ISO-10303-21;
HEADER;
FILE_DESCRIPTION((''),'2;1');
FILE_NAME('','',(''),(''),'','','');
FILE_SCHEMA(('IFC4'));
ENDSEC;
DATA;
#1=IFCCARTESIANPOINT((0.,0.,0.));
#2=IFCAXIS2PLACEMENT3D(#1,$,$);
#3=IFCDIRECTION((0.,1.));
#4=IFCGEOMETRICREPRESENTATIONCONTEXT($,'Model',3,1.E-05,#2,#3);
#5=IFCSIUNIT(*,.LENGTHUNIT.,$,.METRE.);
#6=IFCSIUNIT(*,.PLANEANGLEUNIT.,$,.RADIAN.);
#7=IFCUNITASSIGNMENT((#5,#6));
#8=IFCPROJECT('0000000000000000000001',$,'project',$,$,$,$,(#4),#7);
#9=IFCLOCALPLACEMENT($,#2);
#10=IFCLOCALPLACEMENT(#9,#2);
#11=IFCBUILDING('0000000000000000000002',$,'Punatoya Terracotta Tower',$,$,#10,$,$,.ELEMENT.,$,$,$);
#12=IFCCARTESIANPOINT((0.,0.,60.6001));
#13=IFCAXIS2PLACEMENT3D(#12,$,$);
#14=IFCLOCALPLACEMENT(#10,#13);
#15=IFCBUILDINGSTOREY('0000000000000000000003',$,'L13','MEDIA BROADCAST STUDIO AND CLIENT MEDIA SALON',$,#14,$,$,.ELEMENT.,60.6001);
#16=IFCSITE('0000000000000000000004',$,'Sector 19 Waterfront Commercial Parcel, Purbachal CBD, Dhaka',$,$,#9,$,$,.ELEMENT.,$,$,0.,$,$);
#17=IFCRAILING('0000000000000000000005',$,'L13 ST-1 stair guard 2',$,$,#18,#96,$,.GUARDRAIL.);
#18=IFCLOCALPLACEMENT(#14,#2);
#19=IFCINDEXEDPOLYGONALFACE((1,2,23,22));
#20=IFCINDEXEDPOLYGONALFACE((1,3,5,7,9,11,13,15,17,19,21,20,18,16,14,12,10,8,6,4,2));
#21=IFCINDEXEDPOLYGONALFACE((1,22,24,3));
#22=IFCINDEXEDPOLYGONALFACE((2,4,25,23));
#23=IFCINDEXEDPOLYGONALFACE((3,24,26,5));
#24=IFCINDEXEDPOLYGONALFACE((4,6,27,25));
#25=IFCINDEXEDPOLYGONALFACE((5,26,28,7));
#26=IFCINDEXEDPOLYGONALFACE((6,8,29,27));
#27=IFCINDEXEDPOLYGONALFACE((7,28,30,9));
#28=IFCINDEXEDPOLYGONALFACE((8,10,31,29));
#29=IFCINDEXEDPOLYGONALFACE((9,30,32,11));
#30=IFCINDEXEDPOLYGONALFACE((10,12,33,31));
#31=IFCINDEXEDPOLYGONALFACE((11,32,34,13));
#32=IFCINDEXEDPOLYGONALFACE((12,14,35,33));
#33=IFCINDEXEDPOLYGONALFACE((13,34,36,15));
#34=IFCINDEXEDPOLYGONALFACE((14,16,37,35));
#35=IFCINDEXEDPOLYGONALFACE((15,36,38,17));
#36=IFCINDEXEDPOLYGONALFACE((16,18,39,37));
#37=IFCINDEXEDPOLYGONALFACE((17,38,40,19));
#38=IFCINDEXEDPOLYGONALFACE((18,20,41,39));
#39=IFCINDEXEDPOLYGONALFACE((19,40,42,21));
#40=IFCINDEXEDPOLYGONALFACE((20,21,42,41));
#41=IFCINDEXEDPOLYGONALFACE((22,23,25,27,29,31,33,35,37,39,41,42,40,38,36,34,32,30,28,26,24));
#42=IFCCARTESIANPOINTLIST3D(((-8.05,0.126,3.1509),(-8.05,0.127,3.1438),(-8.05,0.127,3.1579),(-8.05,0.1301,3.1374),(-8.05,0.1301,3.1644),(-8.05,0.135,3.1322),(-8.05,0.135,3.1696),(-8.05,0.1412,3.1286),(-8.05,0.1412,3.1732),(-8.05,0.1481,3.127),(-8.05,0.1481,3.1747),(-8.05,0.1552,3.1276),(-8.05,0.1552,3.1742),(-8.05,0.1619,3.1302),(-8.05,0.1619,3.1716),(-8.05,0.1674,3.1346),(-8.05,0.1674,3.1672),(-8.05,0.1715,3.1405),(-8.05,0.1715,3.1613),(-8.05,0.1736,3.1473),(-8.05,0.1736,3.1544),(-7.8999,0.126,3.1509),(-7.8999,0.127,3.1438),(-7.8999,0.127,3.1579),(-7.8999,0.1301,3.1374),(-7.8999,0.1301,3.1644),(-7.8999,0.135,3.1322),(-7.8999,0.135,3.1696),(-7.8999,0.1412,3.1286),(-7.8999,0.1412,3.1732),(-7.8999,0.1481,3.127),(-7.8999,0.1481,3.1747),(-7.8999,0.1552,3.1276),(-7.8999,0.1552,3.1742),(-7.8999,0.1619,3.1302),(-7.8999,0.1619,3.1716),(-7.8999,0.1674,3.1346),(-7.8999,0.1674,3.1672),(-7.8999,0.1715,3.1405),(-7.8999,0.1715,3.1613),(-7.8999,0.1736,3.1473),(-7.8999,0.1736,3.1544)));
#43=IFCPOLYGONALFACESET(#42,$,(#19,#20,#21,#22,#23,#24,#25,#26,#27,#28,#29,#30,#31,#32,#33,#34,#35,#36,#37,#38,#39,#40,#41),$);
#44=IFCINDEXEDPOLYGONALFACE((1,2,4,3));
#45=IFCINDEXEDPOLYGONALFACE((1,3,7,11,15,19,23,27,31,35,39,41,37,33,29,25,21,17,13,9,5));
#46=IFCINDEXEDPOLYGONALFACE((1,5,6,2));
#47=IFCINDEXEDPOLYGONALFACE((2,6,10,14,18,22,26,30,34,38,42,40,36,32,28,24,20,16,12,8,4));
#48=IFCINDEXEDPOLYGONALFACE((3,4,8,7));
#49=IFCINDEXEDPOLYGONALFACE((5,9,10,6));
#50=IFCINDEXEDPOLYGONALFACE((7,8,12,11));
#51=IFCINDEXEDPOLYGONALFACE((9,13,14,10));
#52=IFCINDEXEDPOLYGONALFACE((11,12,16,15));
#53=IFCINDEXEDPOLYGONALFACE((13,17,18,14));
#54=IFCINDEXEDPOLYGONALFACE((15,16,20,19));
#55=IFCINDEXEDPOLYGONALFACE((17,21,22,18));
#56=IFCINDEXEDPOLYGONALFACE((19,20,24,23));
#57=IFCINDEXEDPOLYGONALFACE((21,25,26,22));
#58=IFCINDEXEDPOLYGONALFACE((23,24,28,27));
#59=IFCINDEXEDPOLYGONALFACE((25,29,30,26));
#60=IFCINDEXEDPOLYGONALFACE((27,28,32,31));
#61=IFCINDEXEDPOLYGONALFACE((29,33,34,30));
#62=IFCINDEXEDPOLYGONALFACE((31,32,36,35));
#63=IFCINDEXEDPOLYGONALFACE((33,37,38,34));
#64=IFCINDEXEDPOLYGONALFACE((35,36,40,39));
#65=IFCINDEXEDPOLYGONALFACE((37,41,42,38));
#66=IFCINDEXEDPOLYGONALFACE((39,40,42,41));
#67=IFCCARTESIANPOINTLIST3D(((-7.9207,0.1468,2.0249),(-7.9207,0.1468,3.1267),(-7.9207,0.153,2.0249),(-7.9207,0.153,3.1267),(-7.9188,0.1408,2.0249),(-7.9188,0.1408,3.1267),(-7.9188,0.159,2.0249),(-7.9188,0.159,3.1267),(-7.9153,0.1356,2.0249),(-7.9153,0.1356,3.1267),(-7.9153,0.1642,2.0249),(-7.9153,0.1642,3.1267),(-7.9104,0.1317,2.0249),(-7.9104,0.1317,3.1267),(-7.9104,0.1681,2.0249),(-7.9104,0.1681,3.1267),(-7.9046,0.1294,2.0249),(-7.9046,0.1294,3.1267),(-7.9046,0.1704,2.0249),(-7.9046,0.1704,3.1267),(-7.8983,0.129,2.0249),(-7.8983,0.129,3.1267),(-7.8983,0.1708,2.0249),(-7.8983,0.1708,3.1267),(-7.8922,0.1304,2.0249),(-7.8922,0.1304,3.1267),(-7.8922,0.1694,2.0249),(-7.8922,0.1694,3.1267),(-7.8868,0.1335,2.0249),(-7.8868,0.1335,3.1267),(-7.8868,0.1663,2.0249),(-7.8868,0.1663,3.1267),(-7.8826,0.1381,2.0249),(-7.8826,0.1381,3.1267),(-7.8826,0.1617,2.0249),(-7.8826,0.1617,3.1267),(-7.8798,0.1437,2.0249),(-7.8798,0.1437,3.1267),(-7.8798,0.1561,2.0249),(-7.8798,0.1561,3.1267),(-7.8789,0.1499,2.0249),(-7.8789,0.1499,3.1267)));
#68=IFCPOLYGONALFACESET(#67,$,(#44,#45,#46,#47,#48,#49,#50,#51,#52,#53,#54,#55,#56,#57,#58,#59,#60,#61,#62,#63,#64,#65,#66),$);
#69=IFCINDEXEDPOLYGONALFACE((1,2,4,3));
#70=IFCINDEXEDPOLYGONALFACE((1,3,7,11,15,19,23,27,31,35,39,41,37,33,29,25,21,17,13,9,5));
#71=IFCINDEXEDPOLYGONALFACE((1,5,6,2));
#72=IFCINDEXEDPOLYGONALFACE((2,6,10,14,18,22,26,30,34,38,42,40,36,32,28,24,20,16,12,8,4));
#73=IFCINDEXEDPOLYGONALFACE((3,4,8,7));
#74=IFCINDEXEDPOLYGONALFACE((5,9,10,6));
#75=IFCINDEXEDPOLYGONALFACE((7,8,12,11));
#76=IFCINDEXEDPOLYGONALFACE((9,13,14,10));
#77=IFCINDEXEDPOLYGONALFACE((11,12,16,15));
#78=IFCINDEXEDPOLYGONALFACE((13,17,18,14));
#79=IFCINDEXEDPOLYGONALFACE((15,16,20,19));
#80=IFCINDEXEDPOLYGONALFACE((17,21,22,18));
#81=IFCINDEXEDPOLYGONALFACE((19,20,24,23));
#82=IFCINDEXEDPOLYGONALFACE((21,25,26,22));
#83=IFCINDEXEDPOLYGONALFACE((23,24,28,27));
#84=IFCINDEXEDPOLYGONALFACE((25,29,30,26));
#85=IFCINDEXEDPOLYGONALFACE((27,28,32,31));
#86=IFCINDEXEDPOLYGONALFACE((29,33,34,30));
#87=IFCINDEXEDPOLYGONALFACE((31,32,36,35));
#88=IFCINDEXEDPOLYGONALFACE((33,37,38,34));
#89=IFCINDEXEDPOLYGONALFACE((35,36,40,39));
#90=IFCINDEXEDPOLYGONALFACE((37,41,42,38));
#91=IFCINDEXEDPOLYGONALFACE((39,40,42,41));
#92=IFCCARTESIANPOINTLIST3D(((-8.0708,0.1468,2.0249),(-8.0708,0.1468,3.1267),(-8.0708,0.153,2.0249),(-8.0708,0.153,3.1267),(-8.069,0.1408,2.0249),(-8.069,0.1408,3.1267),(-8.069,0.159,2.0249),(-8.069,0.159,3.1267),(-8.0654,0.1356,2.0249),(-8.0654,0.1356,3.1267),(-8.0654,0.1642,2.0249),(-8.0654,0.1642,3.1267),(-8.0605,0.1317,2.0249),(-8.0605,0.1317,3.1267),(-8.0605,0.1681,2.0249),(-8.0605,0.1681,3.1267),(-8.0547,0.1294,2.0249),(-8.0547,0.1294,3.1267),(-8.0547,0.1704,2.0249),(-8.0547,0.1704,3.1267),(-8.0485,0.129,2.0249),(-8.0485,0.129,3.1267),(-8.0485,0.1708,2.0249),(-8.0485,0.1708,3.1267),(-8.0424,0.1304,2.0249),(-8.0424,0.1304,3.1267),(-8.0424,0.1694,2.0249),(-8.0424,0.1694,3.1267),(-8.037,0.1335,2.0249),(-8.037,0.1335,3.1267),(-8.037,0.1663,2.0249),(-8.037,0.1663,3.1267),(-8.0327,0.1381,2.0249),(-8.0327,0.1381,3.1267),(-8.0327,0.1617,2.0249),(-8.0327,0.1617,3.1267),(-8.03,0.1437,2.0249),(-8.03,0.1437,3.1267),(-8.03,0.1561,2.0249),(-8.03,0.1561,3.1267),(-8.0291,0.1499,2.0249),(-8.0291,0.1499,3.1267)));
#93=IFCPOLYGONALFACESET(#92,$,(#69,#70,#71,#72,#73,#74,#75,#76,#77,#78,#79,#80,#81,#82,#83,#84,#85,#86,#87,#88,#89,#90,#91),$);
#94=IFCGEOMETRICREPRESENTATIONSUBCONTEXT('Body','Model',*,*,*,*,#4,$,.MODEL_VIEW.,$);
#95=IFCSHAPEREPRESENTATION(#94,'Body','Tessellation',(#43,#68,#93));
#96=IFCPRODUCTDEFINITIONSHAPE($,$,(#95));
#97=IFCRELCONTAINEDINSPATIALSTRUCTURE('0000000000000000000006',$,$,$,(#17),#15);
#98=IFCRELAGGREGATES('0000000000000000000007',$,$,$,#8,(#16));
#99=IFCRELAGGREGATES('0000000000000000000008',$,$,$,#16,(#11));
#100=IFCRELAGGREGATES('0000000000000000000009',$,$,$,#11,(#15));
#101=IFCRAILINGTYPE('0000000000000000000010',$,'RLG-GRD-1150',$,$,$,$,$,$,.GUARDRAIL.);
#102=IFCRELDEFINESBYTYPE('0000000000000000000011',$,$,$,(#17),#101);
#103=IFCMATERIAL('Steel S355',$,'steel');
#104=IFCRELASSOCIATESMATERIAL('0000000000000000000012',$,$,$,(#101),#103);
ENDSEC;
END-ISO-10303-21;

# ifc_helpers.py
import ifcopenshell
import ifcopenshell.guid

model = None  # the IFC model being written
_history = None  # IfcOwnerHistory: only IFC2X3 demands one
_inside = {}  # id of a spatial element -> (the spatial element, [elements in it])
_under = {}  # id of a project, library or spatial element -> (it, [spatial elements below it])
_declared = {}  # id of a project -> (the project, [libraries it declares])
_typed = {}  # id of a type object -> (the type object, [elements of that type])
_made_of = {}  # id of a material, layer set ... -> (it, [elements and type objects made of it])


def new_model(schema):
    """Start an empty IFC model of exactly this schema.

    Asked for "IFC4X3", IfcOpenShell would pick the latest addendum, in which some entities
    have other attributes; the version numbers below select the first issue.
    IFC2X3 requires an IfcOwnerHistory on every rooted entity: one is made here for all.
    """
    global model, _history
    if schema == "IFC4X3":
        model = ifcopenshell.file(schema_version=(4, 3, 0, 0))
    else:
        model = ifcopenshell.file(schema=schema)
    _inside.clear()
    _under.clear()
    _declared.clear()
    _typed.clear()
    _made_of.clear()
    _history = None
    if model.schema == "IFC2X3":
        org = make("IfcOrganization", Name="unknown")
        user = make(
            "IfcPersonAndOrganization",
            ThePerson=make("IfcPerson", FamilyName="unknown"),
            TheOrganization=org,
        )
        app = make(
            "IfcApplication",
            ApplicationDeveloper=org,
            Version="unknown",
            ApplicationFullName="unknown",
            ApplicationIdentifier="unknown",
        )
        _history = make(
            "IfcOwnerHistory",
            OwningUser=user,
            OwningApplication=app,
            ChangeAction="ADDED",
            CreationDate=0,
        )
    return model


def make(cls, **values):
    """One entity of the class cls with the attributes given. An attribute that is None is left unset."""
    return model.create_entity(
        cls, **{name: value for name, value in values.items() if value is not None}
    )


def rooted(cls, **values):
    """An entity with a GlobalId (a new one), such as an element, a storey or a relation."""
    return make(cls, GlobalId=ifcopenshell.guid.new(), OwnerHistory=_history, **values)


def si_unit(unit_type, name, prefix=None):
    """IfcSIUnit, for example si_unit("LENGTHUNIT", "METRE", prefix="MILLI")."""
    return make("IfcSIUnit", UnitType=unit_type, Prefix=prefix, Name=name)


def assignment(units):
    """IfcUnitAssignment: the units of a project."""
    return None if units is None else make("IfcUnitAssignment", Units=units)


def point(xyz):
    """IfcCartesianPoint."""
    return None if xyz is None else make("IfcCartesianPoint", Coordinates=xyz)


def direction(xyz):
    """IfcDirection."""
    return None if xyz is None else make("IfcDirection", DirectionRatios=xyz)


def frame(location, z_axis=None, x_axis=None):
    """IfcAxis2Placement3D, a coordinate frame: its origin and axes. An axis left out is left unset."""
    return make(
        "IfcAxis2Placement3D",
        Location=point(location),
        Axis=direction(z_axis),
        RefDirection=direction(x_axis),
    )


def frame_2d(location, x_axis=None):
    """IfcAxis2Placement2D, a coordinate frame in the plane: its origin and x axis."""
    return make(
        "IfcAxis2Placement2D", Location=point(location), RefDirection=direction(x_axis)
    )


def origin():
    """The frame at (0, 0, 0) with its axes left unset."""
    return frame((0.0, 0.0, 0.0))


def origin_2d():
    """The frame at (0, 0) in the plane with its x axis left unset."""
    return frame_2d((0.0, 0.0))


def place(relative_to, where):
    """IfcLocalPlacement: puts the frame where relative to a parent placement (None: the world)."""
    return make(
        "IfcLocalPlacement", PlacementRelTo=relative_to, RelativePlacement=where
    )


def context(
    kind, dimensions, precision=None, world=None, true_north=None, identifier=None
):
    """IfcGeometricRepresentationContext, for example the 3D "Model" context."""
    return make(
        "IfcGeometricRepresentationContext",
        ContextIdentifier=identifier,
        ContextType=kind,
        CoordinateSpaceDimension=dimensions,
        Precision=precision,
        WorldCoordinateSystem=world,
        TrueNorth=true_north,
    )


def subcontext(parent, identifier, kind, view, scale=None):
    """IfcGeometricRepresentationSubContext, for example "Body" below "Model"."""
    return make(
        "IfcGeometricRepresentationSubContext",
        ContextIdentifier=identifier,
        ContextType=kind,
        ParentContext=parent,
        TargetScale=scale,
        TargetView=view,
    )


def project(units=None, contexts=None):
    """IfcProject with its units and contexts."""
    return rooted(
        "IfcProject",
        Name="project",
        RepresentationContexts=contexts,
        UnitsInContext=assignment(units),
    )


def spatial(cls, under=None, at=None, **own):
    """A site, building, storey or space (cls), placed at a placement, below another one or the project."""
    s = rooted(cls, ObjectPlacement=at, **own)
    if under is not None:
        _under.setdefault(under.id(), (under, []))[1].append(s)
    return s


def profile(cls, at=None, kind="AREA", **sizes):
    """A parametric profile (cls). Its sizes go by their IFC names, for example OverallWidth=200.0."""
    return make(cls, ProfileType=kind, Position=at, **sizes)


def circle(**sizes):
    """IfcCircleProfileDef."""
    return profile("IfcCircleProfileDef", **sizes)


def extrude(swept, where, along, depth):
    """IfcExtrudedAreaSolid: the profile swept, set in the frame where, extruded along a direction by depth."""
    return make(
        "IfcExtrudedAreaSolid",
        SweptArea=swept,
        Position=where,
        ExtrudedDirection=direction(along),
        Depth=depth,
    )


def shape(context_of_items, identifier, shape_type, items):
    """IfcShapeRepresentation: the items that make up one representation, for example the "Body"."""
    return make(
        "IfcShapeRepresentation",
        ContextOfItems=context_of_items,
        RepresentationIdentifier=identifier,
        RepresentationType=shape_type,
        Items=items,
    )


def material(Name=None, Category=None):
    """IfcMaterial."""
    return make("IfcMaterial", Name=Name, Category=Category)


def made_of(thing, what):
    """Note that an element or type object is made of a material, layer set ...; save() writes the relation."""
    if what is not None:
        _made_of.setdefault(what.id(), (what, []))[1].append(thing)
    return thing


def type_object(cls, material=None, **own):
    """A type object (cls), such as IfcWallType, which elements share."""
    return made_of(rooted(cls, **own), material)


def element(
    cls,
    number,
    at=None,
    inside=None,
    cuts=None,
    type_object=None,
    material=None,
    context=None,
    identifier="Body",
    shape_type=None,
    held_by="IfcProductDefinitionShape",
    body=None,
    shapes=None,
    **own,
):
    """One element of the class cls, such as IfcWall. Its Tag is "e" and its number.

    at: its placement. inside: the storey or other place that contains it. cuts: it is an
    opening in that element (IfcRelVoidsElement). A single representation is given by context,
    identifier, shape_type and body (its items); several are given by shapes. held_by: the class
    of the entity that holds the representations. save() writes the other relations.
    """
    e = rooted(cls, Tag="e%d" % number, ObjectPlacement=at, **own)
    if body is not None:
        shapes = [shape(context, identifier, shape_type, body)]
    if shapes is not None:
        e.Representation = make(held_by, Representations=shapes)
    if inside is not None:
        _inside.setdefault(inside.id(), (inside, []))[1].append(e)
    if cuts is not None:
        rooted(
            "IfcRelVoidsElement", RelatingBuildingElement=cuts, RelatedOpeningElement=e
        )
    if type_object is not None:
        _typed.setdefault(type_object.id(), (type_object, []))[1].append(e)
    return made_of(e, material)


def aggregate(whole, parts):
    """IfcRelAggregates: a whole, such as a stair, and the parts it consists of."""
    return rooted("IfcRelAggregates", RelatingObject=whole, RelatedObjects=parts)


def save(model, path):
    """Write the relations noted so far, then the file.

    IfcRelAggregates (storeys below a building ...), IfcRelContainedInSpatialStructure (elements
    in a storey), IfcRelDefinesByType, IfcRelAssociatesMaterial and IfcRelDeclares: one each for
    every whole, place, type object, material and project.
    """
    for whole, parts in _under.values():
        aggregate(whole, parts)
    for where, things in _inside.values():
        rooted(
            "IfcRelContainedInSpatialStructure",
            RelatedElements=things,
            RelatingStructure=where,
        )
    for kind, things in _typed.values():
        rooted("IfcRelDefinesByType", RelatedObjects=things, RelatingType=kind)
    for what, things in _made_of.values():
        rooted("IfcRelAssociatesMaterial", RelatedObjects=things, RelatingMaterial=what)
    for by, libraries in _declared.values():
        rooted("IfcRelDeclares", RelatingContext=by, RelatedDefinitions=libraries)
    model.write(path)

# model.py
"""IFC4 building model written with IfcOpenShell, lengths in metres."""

from ifc_helpers import new_model, si_unit, direction, frame, origin, origin_2d, place, context, subcontext, project, spatial, circle, extrude, material, type_object, element, save


model = new_model("IFC4")

# Units and contexts
model_context = context("Model", 3, precision=1e-05, world=origin(), true_north=direction((0.0, 1.0)))
body_context = subcontext(model_context, "Body", "Model", "MODEL_VIEW")
ifc_project = project(units=[si_unit("LENGTHUNIT", "METRE"), si_unit("PLANEANGLEUNIT", "RADIAN")], contexts=[model_context])

# Site, building, storey
site_placement = place(None, origin())
site = spatial("IfcSite", under=ifc_project, at=site_placement, Name="Sector 19 Waterfront Commercial Parcel, Purbachal CBD, Dhaka", CompositionType="ELEMENT", RefElevation=0.0)
building_placement = place(site_placement, origin())
building = spatial("IfcBuilding", under=site, at=building_placement, Name="Punatoya Terracotta Tower", CompositionType="ELEMENT")
storey_placement = place(building_placement, frame((0.0, 0.0, 60.6001)))
storey = spatial("IfcBuildingStorey", under=building, at=storey_placement, Name="L13", Description="MEDIA BROADCAST STUDIO AND CLIENT MEDIA SALON", CompositionType="ELEMENT", Elevation=60.6001)

# Shared definitions
ifc_material_1 = material(Name="Steel S355", Category="steel")

# Railing
railing_type_1 = type_object("IfcRailingType", Name="RLG-GRD-1150", PredefinedType="GUARDRAIL", material=ifc_material_1)
railing_1_placement = place(storey_placement, frame((-7.8999, 0.1499, 2.0249)))
element("IfcRailing", 1, at=railing_1_placement, inside=storey, type_object=railing_type_1, Name="L13 ST-1 stair guard 2", PredefinedType="GUARDRAIL", context=body_context, shape_type="SweptSolid", body=[
    extrude(circle(Radius=0.0239, at=origin_2d()), frame((0.0, 0.0, 1.126), z_axis=(-1.0, 0.0, 0.0), x_axis=(0.0, -1.0, 0.0)), (0.0, 0.0, 1.0), 0.1501),
    extrude(circle(Radius=0.021, at=origin_2d()), origin(), (0.0, 0.0, 1.0), 1.1018),
    extrude(circle(Radius=0.021, at=origin_2d()), frame((-0.1501, 0.0, 0.0)), (0.0, 0.0, 1.0), 1.1018),
])

save(model, "model.ifc")
